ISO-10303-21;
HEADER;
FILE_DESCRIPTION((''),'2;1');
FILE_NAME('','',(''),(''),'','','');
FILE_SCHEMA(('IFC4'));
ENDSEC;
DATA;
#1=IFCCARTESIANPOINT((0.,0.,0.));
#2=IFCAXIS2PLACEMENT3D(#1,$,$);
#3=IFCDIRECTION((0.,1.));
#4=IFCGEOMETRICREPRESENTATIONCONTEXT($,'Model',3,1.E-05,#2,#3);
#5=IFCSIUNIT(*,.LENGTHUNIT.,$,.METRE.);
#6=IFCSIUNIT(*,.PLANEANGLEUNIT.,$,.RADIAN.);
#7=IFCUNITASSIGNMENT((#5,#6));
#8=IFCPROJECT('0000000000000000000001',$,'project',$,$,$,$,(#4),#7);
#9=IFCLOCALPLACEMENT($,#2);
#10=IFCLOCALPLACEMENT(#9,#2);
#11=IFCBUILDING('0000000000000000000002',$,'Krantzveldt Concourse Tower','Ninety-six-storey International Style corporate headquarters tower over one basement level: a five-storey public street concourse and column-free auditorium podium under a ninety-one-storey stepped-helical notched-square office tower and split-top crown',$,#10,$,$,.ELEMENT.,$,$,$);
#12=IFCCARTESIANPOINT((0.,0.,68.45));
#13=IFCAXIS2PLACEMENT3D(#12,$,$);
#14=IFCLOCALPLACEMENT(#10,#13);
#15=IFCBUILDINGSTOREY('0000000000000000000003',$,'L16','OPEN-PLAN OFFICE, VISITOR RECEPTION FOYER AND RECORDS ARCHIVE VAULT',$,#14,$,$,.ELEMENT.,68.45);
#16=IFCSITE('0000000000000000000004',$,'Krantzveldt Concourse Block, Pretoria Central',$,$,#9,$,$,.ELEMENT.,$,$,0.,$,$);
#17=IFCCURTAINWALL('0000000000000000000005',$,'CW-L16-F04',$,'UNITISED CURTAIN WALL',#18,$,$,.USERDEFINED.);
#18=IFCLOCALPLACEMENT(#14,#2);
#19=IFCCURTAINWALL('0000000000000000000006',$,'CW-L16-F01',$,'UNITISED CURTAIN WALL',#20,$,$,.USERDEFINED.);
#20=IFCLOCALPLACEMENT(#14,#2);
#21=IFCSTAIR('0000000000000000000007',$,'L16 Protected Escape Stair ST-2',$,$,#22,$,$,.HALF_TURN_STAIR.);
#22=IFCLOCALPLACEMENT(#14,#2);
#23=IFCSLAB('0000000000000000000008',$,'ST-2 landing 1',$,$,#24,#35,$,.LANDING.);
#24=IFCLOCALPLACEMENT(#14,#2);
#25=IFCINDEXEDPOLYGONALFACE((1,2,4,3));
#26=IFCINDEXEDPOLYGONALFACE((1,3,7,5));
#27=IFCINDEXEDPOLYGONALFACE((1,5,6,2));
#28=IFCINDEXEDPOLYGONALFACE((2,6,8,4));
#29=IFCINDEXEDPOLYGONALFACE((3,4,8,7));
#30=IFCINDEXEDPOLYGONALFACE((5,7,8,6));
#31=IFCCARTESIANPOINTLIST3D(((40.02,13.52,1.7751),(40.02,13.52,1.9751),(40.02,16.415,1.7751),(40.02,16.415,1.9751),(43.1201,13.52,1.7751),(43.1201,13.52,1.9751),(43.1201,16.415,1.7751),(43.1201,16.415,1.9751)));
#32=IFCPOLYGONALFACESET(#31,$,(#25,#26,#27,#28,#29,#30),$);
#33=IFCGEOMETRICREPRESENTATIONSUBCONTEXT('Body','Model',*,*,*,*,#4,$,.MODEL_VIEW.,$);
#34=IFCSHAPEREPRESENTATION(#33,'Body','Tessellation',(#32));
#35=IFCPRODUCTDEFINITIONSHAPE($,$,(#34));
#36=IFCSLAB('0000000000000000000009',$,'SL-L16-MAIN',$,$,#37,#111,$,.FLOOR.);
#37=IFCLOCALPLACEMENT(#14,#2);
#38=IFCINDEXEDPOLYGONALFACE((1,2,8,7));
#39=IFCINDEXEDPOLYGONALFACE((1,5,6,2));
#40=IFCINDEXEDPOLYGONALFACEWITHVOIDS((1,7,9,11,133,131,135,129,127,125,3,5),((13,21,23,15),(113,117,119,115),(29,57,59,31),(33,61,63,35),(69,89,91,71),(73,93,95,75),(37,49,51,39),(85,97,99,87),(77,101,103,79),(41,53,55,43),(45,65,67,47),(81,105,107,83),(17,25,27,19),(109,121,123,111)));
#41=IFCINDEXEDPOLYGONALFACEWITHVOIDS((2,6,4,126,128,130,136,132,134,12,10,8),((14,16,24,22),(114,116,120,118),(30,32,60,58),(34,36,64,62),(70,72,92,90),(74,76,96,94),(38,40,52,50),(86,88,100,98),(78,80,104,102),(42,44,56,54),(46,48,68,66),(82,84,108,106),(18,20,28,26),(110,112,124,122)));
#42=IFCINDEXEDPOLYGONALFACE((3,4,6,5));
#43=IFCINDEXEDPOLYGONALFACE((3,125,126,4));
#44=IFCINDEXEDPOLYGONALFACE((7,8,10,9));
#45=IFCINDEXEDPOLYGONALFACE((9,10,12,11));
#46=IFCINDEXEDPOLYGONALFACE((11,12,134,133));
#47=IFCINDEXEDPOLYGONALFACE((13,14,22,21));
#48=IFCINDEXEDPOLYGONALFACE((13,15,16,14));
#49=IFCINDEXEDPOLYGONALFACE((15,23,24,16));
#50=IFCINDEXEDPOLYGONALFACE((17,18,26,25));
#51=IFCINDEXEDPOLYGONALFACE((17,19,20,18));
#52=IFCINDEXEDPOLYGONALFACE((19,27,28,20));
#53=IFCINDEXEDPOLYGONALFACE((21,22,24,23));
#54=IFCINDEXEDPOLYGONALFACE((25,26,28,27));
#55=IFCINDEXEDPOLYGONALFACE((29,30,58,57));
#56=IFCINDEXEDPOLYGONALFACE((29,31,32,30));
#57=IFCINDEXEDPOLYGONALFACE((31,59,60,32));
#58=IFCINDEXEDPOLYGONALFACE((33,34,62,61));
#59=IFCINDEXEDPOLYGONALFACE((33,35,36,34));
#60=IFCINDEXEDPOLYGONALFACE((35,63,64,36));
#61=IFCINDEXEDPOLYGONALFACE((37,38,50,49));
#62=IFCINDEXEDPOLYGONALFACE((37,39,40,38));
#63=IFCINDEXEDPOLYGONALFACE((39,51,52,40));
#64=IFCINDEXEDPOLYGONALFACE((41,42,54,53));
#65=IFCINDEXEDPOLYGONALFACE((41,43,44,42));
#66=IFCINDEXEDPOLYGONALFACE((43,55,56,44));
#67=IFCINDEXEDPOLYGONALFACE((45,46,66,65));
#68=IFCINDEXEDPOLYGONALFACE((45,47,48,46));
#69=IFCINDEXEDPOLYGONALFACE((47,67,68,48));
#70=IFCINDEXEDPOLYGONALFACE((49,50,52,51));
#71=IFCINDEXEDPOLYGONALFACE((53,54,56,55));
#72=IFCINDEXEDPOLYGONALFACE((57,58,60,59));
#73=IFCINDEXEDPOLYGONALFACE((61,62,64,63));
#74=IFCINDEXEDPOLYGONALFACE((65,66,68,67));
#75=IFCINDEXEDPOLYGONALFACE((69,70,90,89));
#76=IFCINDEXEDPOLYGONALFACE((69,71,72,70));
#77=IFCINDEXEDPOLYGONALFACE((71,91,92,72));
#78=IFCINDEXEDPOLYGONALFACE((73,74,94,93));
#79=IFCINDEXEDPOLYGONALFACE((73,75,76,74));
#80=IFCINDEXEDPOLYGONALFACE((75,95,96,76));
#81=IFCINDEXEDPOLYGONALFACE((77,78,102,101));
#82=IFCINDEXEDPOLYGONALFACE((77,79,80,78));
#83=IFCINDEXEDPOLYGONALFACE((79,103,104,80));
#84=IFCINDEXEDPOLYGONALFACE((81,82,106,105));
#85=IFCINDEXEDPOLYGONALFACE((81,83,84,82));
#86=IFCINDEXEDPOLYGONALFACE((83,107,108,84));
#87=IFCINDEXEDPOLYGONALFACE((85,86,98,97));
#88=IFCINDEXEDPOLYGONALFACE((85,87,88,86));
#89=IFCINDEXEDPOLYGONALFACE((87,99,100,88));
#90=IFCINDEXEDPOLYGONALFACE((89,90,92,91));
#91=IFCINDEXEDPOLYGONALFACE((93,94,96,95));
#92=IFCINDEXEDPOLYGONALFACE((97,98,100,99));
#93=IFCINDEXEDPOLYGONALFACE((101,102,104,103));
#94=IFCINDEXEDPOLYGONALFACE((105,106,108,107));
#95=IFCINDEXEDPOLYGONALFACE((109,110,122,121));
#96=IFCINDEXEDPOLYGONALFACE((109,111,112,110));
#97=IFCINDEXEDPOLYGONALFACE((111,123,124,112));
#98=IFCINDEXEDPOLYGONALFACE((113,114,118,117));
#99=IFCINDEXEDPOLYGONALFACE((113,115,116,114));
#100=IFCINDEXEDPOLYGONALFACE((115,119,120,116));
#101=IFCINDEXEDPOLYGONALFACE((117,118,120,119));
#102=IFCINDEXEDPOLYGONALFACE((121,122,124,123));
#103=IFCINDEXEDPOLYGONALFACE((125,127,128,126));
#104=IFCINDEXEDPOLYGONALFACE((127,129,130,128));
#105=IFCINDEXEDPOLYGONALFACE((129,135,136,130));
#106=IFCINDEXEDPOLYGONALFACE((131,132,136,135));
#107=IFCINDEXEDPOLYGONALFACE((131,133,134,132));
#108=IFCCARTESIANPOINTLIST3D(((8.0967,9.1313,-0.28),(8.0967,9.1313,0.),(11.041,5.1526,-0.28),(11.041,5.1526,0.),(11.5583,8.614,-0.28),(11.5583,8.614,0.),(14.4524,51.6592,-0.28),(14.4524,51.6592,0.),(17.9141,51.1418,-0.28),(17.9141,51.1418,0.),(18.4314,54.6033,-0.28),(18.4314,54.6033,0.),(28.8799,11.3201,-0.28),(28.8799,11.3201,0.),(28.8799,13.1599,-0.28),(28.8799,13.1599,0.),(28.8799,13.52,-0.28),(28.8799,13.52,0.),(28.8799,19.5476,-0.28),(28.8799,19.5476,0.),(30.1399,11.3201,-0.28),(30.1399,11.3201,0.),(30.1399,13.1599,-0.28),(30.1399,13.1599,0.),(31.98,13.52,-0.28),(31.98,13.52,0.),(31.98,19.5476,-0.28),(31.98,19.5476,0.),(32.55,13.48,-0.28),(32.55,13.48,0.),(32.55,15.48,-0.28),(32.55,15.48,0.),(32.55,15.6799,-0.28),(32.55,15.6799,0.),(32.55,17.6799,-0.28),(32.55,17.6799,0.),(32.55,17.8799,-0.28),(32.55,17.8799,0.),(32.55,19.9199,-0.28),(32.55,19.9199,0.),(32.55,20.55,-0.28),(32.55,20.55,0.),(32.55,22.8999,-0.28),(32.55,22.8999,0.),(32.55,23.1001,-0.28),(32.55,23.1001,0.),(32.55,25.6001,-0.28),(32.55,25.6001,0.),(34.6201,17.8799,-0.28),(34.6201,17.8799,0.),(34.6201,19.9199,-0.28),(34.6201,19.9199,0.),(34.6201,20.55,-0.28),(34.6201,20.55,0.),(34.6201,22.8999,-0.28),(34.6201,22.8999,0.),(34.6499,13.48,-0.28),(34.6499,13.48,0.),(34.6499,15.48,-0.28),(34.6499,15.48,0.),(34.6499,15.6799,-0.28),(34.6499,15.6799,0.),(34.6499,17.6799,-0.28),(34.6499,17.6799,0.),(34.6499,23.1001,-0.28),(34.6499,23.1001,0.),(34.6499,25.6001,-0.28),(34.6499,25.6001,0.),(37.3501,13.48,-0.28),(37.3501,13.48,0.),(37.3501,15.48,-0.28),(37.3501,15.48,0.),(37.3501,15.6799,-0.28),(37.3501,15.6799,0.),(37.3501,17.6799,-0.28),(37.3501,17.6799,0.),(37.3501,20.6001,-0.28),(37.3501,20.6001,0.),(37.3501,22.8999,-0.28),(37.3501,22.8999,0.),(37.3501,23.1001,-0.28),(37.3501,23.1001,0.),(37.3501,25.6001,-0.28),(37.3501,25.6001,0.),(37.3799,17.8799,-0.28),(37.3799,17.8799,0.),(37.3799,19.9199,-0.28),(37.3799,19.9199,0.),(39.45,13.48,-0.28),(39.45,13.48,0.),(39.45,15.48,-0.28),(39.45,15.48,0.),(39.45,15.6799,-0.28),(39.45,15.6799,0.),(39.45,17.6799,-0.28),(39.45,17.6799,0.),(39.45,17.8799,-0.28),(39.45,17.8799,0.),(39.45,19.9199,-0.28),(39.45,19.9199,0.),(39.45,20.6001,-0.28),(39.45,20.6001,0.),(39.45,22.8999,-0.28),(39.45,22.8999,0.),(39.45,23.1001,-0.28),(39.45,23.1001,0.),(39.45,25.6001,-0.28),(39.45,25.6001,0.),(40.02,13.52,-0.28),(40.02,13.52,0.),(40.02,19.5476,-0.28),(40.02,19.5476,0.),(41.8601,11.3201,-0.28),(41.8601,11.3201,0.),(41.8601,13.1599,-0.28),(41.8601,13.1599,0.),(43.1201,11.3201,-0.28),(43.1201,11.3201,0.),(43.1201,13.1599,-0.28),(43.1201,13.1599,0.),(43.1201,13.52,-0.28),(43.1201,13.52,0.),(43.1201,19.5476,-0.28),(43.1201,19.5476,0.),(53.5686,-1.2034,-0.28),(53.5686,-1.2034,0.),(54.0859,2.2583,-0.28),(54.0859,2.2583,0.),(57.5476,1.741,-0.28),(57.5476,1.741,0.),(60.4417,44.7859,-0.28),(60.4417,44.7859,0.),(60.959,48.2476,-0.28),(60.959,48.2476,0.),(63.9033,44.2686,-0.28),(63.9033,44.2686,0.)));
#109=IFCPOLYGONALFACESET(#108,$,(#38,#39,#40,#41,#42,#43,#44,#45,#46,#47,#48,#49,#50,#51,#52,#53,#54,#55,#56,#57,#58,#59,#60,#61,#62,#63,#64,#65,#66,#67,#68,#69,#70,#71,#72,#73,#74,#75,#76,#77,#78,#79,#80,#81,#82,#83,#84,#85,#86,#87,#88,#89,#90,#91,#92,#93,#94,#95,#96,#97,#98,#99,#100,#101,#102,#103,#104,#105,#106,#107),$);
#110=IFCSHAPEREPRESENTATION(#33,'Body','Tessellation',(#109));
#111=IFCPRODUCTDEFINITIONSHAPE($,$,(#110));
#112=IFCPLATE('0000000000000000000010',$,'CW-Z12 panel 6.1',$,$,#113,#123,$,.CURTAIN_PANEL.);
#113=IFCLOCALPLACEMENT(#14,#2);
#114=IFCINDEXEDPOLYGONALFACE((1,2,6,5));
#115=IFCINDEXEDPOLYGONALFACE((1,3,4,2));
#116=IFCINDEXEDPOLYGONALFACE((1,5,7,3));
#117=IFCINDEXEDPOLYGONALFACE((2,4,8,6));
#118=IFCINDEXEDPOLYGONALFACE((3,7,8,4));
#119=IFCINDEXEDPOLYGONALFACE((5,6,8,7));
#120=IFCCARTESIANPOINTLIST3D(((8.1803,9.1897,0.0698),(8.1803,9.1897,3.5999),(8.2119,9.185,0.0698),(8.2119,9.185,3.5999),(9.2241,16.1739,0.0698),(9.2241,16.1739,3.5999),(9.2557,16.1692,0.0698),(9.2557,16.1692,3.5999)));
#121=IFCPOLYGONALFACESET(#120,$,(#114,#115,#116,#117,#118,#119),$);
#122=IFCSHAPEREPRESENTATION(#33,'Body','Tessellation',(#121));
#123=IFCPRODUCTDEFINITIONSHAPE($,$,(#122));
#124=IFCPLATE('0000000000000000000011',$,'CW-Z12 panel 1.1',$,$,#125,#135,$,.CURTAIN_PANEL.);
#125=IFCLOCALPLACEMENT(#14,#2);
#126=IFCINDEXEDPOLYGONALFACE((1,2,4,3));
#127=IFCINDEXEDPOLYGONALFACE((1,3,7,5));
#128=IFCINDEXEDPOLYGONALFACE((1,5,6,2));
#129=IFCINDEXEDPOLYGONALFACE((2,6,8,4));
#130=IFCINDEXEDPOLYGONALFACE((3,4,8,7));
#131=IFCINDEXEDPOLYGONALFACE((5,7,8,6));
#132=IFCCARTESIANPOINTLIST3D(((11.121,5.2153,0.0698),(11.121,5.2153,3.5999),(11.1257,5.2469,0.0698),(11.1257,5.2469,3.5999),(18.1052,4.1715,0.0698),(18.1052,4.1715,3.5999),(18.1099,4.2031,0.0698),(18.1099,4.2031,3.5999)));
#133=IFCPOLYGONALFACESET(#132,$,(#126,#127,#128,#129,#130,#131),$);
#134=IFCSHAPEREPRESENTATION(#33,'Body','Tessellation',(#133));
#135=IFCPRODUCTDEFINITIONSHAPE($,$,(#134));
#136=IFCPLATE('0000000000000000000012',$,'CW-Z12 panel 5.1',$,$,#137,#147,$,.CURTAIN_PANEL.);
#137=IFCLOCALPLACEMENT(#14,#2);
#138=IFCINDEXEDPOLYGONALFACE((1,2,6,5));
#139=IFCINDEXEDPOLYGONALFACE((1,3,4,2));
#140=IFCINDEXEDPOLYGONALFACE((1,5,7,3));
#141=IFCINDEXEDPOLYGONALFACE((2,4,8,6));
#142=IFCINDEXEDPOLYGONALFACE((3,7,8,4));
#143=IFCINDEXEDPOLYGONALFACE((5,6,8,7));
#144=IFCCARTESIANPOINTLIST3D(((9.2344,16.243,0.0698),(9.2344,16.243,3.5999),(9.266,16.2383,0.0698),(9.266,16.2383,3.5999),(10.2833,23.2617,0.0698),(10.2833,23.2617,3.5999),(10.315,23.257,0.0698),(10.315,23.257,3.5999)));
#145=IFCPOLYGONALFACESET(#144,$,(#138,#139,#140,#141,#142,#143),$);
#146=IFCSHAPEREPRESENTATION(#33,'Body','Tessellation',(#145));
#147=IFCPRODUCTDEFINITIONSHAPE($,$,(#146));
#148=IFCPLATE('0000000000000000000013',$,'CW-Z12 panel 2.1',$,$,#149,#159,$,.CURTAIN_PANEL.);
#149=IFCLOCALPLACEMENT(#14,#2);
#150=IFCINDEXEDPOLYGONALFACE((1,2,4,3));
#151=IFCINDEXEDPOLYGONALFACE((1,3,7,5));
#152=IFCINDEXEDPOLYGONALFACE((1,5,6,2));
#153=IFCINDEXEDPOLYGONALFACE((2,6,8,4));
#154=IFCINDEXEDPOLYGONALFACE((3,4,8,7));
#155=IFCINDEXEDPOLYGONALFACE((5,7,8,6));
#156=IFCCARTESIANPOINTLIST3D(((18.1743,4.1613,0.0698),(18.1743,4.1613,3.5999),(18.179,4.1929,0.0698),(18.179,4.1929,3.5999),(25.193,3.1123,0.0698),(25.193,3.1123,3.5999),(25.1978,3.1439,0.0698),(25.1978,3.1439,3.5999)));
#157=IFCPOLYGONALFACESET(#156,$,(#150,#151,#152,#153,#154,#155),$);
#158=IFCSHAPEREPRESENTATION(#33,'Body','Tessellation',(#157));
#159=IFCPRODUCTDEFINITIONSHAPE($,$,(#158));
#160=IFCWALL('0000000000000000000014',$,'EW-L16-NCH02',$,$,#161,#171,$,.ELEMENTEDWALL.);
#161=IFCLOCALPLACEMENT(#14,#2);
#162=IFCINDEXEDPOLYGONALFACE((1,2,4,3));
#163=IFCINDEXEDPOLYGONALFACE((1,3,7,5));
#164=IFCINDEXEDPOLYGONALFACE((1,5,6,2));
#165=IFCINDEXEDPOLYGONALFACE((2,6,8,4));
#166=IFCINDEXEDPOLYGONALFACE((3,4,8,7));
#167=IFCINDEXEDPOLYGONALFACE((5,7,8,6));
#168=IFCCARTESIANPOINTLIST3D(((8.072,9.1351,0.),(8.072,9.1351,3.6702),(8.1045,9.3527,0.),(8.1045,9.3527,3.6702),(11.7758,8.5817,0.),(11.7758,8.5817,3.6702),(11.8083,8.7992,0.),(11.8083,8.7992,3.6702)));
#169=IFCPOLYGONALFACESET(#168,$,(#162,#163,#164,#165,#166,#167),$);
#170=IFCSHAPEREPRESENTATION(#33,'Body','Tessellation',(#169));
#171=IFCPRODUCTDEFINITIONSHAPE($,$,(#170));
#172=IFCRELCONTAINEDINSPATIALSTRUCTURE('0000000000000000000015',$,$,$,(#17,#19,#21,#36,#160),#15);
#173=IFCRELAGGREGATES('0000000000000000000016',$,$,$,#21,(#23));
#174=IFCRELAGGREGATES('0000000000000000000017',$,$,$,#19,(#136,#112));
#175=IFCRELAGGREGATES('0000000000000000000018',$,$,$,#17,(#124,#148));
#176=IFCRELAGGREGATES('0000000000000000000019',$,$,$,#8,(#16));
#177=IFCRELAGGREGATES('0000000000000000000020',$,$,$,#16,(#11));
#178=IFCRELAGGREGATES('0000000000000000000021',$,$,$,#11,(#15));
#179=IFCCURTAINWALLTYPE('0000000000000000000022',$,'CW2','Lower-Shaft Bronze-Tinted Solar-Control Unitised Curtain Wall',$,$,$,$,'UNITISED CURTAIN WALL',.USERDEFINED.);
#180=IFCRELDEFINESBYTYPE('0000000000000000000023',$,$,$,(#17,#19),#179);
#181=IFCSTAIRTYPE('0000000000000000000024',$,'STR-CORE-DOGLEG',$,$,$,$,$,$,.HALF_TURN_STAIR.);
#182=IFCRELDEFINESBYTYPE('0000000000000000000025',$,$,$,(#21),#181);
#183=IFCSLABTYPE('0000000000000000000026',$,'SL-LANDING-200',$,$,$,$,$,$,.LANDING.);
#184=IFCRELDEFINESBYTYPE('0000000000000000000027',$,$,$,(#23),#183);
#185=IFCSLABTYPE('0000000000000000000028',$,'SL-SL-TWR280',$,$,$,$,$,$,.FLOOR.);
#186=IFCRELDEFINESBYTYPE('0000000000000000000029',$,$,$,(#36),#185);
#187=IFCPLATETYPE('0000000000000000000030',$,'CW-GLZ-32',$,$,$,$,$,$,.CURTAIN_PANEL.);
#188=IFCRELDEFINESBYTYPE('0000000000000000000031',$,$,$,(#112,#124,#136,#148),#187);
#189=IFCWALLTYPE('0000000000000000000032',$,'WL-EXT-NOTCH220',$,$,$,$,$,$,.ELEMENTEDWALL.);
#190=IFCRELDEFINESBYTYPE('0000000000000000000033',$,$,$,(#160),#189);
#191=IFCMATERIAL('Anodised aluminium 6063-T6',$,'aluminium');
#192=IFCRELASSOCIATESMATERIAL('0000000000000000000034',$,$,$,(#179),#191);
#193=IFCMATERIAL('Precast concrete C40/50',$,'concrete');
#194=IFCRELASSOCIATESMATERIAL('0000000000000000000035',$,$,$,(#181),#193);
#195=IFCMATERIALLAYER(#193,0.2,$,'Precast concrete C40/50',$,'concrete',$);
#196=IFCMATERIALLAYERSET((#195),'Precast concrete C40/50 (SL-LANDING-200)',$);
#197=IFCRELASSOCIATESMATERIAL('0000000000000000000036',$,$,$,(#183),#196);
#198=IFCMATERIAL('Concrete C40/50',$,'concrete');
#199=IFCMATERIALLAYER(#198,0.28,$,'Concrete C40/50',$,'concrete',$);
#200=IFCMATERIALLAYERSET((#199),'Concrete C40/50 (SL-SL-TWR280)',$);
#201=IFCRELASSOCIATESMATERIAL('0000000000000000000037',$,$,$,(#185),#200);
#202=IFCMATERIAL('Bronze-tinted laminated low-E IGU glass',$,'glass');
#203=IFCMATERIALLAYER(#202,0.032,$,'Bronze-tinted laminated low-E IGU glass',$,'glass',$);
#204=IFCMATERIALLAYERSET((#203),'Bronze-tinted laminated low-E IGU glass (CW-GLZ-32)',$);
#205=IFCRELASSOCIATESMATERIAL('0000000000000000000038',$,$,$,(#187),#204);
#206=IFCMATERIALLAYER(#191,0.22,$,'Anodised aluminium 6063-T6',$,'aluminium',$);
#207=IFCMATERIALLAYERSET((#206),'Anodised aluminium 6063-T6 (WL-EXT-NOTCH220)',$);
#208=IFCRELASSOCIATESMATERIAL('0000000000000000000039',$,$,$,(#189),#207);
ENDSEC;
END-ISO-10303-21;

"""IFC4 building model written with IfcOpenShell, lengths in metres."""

from ifc_helpers import new_model, si_unit, direction, frame, frame_2d, origin, origin_2d, place, context, subcontext, project, spatial, polyline, rectangle, outline, extrude, source, transform, mapped, material, layer, layer_set, type_object, type_shapes, element, aggregate, save


model = new_model("IFC4")

# Units and contexts
model_context = context("Model", 3, precision=1e-05, world=origin(), true_north=direction((0.0, 1.0)))
body_context = subcontext(model_context, "Body", "Model", "MODEL_VIEW")
ifc_project = project(units=[si_unit("LENGTHUNIT", "METRE"), si_unit("PLANEANGLEUNIT", "RADIAN")], contexts=[model_context])

# Site, building, storey
site_placement = place(None, origin())
site = spatial("IfcSite", under=ifc_project, at=site_placement, Name="Krantzveldt Concourse Block, Pretoria Central", CompositionType="ELEMENT", RefElevation=0.0)
building_placement = place(site_placement, origin())
building = spatial("IfcBuilding", under=site, at=building_placement, Name="Krantzveldt Concourse Tower", Description="Ninety-six-storey International Style corporate headquarters tower over one basement level: a five-storey public street concourse and column-free auditorium podium under a ninety-one-storey stepped-helical notched-square office tower and split-top crown", CompositionType="ELEMENT")
storey_placement = place(building_placement, frame((0.0, 0.0, 68.45)))
storey = spatial("IfcBuildingStorey", under=building, at=storey_placement, Name="L16", Description="OPEN-PLAN OFFICE, VISITOR RECEPTION FOYER AND RECORDS ARCHIVE VAULT", CompositionType="ELEMENT", Elevation=68.45)

# Curtain walls
ifc_material_1 = material(Name="Anodised aluminium 6063-T6", Category="aluminium")
curtain_wall_type = type_object("IfcCurtainWallType", Name="CW2", Description="Lower-Shaft Bronze-Tinted Solar-Control Unitised Curtain Wall", ElementType="UNITISED CURTAIN WALL", PredefinedType="USERDEFINED", material=ifc_material_1)
curtain_wall_1_placement = place(storey_placement, origin())
curtain_wall_1 = element("IfcCurtainWall", 1, at=curtain_wall_1_placement, inside=storey, type_object=curtain_wall_type, Name="CW-L16-F04", ObjectType="UNITISED CURTAIN WALL", PredefinedType="USERDEFINED")
curtain_wall_2_placement = place(storey_placement, origin())
curtain_wall_2 = element("IfcCurtainWall", 2, at=curtain_wall_2_placement, inside=storey, type_object=curtain_wall_type, Name="CW-L16-F01", ObjectType="UNITISED CURTAIN WALL", PredefinedType="USERDEFINED")

# Stair, slab
ifc_material_2 = material(Name="Precast concrete C40/50", Category="concrete")
stair_type = type_object("IfcStairType", Name="STR-CORE-DOGLEG", PredefinedType="HALF_TURN_STAIR", material=ifc_material_2)
ifc_layer_1 = layer(ifc_material_2, 0.2, Name="Precast concrete C40/50", Category="concrete")
ifc_layer_set_1 = layer_set([ifc_layer_1], Name="Precast concrete C40/50 (SL-LANDING-200)")
slab_type_1 = type_object("IfcSlabType", Name="SL-LANDING-200", PredefinedType="LANDING", material=ifc_layer_set_1)
stair_1_placement = place(storey_placement, origin())
stair_1 = element("IfcStair", 3, at=stair_1_placement, inside=storey, type_object=stair_type, Name="L16 Protected Escape Stair ST-2", PredefinedType="HALF_TURN_STAIR")
slab_1_placement = place(storey_placement, frame((0.0, 0.0, 1.7751)))
slab_1 = element("IfcSlab", 4, at=slab_1_placement, type_object=slab_type_1, Name="ST-2 landing 1", PredefinedType="LANDING", context=body_context, shape_type="SweptSolid", body=[
    extrude(outline(polyline([(40.02, 16.415), (40.02, 13.52), (43.1201, 13.52), (43.1201, 16.415), (40.02, 16.415)])), origin(), (0.0, 0.0, 1.0), 0.2),
])
aggregate(stair_1, [slab_1])

# Slab
ifc_material_3 = material(Name="Concrete C40/50", Category="concrete")
ifc_layer_2 = layer(ifc_material_3, 0.28, Name="Concrete C40/50", Category="concrete")
ifc_layer_set_2 = layer_set([ifc_layer_2], Name="Concrete C40/50 (SL-SL-TWR280)")
slab_type_2 = type_object("IfcSlabType", Name="SL-SL-TWR280", PredefinedType="FLOOR", material=ifc_layer_set_2)
slab_2_placement = place(storey_placement, frame((0.0, 0.0, -0.28)))
element("IfcSlab", 5, at=slab_2_placement, inside=storey, type_object=slab_type_2, Name="SL-L16-MAIN", PredefinedType="FLOOR", context=body_context, shape_type="SweptSolid", body=[
    extrude(outline(polyline([(17.9141, 51.1418), (14.4524, 51.6592), (8.0967, 9.1313), (11.5583, 8.614), (11.041, 5.1526), (53.5686, -1.2034), (54.0859, 2.2583), (57.5476, 1.741), (63.9033, 44.2686), (60.4417, 44.7859), (60.959, 48.2476), (18.4314, 54.6033), (17.9141, 51.1418)]), holes=[polyline([(28.8799, 19.5476), (28.8799, 13.52), (31.98, 13.52), (31.98, 19.5476), (28.8799, 19.5476)]), polyline([(40.02, 19.5476), (40.02, 13.52), (43.1201, 13.52), (43.1201, 19.5476), (40.02, 19.5476)]), polyline([(32.55, 23.1001), (34.6499, 23.1001), (34.6499, 25.6001), (32.55, 25.6001), (32.55, 23.1001)]), polyline([(37.3501, 23.1001), (39.45, 23.1001), (39.45, 25.6001), (37.3501, 25.6001), (37.3501, 23.1001)]), polyline([(37.3501, 20.6001), (39.45, 20.6001), (39.45, 22.8999), (37.3501, 22.8999), (37.3501, 20.6001)]), polyline([(32.55, 13.48), (34.6499, 13.48), (34.6499, 15.48), (32.55, 15.48), (32.55, 13.48)]), polyline([(32.55, 15.6799), (34.6499, 15.6799), (34.6499, 17.6799), (32.55, 17.6799), (32.55, 15.6799)]), polyline([(37.3501, 13.48), (39.45, 13.48), (39.45, 15.48), (37.3501, 15.48), (37.3501, 13.48)]), polyline([(37.3501, 15.6799), (39.45, 15.6799), (39.45, 17.6799), (37.3501, 17.6799), (37.3501, 15.6799)]), polyline([(32.55, 20.55), (34.6201, 20.55), (34.6201, 22.8999), (32.55, 22.8999), (32.55, 20.55)]), polyline([(32.55, 17.8799), (34.6201, 17.8799), (34.6201, 19.9199), (32.55, 19.9199), (32.55, 17.8799)]), polyline([(37.3799, 17.8799), (39.45, 17.8799), (39.45, 19.9199), (37.3799, 19.9199), (37.3799, 17.8799)]), polyline([(28.8799, 11.3201), (30.1399, 11.3201), (30.1399, 13.1599), (28.8799, 13.1599), (28.8799, 11.3201)]), polyline([(41.8601, 11.3201), (43.1201, 11.3201), (43.1201, 13.1599), (41.8601, 13.1599), (41.8601, 11.3201)])]), origin(), (0.0, 0.0, 1.0), 0.28),
])

# Plates
ifc_material_4 = material(Name="Bronze-tinted laminated low-E IGU glass", Category="glass")
ifc_layer_3 = layer(ifc_material_4, 0.032, Name="Bronze-tinted laminated low-E IGU glass", Category="glass")
ifc_layer_set_3 = layer_set([ifc_layer_3], Name="Bronze-tinted laminated low-E IGU glass (CW-GLZ-32)")
plate_type = type_object("IfcPlateType", Name="CW-GLZ-32", PredefinedType="CURTAIN_PANEL", material=ifc_layer_set_3)
shared_shape_1 = source(origin(), body_context, "Body", "SweptSolid", [
    extrude(rectangle(XDim=7.0618, YDim=0.032, at=origin_2d()), origin(), (0.0, 0.0, 1.0), 3.53),
])
plate_1_placement = place(storey_placement, frame((8.718, 12.6794, 0.0698), z_axis=(0.0, 0.0, 1.0), x_axis=(-0.14781, -0.989016, 0.0)))
plate_1 = element("IfcPlate", 6, at=plate_1_placement, type_object=plate_type, Name="CW-Z12 panel 6.1", PredefinedType="CURTAIN_PANEL", context=body_context, shape_type="MappedRepresentation", body=[
    mapped(shared_shape_1, transform((0.0, 0.0, 0.0), x_axis=(1.0, 0.0, 0.0), y_axis=(0.0, 1.0, 0.0), z_axis=(0.0, 0.0, 1.0), scale=1.0)),
])
plate_2_placement = place(storey_placement, frame((14.6155, 4.7092, 0.0698), z_axis=(0.0, 0.0, 1.0), x_axis=(0.989016, -0.14781, 0.0)))
plate_2 = element("IfcPlate", 7, at=plate_2_placement, type_object=plate_type, Name="CW-Z12 panel 1.1", PredefinedType="CURTAIN_PANEL", context=body_context, shape_type="MappedRepresentation", body=[
    mapped(shared_shape_1, transform((0.0, 0.0, 0.0), x_axis=(1.0, 0.0, 0.0), y_axis=(0.0, 1.0, 0.0), z_axis=(0.0, 0.0, 1.0), scale=1.0)),
])
shared_shape_2 = source(origin(), body_context, "Body", "SweptSolid", [
    extrude(rectangle(XDim=7.0967, YDim=0.032, at=origin_2d()), origin(), (0.0, 0.0, 1.0), 3.53),
])
type_shapes(plate_type, [shared_shape_1, shared_shape_2])
plate_3_placement = place(storey_placement, frame((9.7747, 19.75, 0.0698), z_axis=(0.0, 0.0, 1.0), x_axis=(-0.14781, -0.989016, 0.0)))
plate_3 = element("IfcPlate", 8, at=plate_3_placement, type_object=plate_type, Name="CW-Z12 panel 5.1", PredefinedType="CURTAIN_PANEL", context=body_context, shape_type="MappedRepresentation", body=[
    mapped(shared_shape_2, transform((0.0, 0.0, 0.0), x_axis=(1.0, 0.0, 0.0), y_axis=(0.0, 1.0, 0.0), z_axis=(0.0, 0.0, 1.0), scale=1.0)),
])
aggregate(curtain_wall_2, [plate_3, plate_1])
plate_4_placement = place(storey_placement, frame((21.686, 3.6526, 0.0698), z_axis=(0.0, 0.0, 1.0), x_axis=(0.989016, -0.14781, 0.0)))
plate_4 = element("IfcPlate", 9, at=plate_4_placement, type_object=plate_type, Name="CW-Z12 panel 2.1", PredefinedType="CURTAIN_PANEL", context=body_context, shape_type="MappedRepresentation", body=[
    mapped(shared_shape_2, transform((0.0, 0.0, 0.0), x_axis=(1.0, 0.0, 0.0), y_axis=(0.0, 1.0, 0.0), z_axis=(0.0, 0.0, 1.0), scale=1.0)),
])
aggregate(curtain_wall_1, [plate_2, plate_4])

# Wall
ifc_layer_4 = layer(ifc_material_1, 0.22, Name="Anodised aluminium 6063-T6", Category="aluminium")
ifc_layer_set_4 = layer_set([ifc_layer_4], Name="Anodised aluminium 6063-T6 (WL-EXT-NOTCH220)")
wall_type_1 = type_object("IfcWallType", Name="WL-EXT-NOTCH220", PredefinedType="ELEMENTEDWALL", material=ifc_layer_set_4)
wall_1_placement = place(storey_placement, frame((8.0881, 9.2439, 0.0), z_axis=(0.0, 0.0, 1.0), x_axis=(0.989019, -0.147789, 0.0)))
element("IfcWall", 10, at=wall_1_placement, inside=storey, type_object=wall_type_1, Name="EW-L16-NCH02", PredefinedType="ELEMENTEDWALL", context=body_context, shape_type="SweptSolid", body=[
    extrude(rectangle(XDim=3.7449, YDim=0.22, at=frame_2d((1.8726, 0.0))), origin(), (0.0, 0.0, 1.0), 3.6702),
])

save(model, "model.ifc")
